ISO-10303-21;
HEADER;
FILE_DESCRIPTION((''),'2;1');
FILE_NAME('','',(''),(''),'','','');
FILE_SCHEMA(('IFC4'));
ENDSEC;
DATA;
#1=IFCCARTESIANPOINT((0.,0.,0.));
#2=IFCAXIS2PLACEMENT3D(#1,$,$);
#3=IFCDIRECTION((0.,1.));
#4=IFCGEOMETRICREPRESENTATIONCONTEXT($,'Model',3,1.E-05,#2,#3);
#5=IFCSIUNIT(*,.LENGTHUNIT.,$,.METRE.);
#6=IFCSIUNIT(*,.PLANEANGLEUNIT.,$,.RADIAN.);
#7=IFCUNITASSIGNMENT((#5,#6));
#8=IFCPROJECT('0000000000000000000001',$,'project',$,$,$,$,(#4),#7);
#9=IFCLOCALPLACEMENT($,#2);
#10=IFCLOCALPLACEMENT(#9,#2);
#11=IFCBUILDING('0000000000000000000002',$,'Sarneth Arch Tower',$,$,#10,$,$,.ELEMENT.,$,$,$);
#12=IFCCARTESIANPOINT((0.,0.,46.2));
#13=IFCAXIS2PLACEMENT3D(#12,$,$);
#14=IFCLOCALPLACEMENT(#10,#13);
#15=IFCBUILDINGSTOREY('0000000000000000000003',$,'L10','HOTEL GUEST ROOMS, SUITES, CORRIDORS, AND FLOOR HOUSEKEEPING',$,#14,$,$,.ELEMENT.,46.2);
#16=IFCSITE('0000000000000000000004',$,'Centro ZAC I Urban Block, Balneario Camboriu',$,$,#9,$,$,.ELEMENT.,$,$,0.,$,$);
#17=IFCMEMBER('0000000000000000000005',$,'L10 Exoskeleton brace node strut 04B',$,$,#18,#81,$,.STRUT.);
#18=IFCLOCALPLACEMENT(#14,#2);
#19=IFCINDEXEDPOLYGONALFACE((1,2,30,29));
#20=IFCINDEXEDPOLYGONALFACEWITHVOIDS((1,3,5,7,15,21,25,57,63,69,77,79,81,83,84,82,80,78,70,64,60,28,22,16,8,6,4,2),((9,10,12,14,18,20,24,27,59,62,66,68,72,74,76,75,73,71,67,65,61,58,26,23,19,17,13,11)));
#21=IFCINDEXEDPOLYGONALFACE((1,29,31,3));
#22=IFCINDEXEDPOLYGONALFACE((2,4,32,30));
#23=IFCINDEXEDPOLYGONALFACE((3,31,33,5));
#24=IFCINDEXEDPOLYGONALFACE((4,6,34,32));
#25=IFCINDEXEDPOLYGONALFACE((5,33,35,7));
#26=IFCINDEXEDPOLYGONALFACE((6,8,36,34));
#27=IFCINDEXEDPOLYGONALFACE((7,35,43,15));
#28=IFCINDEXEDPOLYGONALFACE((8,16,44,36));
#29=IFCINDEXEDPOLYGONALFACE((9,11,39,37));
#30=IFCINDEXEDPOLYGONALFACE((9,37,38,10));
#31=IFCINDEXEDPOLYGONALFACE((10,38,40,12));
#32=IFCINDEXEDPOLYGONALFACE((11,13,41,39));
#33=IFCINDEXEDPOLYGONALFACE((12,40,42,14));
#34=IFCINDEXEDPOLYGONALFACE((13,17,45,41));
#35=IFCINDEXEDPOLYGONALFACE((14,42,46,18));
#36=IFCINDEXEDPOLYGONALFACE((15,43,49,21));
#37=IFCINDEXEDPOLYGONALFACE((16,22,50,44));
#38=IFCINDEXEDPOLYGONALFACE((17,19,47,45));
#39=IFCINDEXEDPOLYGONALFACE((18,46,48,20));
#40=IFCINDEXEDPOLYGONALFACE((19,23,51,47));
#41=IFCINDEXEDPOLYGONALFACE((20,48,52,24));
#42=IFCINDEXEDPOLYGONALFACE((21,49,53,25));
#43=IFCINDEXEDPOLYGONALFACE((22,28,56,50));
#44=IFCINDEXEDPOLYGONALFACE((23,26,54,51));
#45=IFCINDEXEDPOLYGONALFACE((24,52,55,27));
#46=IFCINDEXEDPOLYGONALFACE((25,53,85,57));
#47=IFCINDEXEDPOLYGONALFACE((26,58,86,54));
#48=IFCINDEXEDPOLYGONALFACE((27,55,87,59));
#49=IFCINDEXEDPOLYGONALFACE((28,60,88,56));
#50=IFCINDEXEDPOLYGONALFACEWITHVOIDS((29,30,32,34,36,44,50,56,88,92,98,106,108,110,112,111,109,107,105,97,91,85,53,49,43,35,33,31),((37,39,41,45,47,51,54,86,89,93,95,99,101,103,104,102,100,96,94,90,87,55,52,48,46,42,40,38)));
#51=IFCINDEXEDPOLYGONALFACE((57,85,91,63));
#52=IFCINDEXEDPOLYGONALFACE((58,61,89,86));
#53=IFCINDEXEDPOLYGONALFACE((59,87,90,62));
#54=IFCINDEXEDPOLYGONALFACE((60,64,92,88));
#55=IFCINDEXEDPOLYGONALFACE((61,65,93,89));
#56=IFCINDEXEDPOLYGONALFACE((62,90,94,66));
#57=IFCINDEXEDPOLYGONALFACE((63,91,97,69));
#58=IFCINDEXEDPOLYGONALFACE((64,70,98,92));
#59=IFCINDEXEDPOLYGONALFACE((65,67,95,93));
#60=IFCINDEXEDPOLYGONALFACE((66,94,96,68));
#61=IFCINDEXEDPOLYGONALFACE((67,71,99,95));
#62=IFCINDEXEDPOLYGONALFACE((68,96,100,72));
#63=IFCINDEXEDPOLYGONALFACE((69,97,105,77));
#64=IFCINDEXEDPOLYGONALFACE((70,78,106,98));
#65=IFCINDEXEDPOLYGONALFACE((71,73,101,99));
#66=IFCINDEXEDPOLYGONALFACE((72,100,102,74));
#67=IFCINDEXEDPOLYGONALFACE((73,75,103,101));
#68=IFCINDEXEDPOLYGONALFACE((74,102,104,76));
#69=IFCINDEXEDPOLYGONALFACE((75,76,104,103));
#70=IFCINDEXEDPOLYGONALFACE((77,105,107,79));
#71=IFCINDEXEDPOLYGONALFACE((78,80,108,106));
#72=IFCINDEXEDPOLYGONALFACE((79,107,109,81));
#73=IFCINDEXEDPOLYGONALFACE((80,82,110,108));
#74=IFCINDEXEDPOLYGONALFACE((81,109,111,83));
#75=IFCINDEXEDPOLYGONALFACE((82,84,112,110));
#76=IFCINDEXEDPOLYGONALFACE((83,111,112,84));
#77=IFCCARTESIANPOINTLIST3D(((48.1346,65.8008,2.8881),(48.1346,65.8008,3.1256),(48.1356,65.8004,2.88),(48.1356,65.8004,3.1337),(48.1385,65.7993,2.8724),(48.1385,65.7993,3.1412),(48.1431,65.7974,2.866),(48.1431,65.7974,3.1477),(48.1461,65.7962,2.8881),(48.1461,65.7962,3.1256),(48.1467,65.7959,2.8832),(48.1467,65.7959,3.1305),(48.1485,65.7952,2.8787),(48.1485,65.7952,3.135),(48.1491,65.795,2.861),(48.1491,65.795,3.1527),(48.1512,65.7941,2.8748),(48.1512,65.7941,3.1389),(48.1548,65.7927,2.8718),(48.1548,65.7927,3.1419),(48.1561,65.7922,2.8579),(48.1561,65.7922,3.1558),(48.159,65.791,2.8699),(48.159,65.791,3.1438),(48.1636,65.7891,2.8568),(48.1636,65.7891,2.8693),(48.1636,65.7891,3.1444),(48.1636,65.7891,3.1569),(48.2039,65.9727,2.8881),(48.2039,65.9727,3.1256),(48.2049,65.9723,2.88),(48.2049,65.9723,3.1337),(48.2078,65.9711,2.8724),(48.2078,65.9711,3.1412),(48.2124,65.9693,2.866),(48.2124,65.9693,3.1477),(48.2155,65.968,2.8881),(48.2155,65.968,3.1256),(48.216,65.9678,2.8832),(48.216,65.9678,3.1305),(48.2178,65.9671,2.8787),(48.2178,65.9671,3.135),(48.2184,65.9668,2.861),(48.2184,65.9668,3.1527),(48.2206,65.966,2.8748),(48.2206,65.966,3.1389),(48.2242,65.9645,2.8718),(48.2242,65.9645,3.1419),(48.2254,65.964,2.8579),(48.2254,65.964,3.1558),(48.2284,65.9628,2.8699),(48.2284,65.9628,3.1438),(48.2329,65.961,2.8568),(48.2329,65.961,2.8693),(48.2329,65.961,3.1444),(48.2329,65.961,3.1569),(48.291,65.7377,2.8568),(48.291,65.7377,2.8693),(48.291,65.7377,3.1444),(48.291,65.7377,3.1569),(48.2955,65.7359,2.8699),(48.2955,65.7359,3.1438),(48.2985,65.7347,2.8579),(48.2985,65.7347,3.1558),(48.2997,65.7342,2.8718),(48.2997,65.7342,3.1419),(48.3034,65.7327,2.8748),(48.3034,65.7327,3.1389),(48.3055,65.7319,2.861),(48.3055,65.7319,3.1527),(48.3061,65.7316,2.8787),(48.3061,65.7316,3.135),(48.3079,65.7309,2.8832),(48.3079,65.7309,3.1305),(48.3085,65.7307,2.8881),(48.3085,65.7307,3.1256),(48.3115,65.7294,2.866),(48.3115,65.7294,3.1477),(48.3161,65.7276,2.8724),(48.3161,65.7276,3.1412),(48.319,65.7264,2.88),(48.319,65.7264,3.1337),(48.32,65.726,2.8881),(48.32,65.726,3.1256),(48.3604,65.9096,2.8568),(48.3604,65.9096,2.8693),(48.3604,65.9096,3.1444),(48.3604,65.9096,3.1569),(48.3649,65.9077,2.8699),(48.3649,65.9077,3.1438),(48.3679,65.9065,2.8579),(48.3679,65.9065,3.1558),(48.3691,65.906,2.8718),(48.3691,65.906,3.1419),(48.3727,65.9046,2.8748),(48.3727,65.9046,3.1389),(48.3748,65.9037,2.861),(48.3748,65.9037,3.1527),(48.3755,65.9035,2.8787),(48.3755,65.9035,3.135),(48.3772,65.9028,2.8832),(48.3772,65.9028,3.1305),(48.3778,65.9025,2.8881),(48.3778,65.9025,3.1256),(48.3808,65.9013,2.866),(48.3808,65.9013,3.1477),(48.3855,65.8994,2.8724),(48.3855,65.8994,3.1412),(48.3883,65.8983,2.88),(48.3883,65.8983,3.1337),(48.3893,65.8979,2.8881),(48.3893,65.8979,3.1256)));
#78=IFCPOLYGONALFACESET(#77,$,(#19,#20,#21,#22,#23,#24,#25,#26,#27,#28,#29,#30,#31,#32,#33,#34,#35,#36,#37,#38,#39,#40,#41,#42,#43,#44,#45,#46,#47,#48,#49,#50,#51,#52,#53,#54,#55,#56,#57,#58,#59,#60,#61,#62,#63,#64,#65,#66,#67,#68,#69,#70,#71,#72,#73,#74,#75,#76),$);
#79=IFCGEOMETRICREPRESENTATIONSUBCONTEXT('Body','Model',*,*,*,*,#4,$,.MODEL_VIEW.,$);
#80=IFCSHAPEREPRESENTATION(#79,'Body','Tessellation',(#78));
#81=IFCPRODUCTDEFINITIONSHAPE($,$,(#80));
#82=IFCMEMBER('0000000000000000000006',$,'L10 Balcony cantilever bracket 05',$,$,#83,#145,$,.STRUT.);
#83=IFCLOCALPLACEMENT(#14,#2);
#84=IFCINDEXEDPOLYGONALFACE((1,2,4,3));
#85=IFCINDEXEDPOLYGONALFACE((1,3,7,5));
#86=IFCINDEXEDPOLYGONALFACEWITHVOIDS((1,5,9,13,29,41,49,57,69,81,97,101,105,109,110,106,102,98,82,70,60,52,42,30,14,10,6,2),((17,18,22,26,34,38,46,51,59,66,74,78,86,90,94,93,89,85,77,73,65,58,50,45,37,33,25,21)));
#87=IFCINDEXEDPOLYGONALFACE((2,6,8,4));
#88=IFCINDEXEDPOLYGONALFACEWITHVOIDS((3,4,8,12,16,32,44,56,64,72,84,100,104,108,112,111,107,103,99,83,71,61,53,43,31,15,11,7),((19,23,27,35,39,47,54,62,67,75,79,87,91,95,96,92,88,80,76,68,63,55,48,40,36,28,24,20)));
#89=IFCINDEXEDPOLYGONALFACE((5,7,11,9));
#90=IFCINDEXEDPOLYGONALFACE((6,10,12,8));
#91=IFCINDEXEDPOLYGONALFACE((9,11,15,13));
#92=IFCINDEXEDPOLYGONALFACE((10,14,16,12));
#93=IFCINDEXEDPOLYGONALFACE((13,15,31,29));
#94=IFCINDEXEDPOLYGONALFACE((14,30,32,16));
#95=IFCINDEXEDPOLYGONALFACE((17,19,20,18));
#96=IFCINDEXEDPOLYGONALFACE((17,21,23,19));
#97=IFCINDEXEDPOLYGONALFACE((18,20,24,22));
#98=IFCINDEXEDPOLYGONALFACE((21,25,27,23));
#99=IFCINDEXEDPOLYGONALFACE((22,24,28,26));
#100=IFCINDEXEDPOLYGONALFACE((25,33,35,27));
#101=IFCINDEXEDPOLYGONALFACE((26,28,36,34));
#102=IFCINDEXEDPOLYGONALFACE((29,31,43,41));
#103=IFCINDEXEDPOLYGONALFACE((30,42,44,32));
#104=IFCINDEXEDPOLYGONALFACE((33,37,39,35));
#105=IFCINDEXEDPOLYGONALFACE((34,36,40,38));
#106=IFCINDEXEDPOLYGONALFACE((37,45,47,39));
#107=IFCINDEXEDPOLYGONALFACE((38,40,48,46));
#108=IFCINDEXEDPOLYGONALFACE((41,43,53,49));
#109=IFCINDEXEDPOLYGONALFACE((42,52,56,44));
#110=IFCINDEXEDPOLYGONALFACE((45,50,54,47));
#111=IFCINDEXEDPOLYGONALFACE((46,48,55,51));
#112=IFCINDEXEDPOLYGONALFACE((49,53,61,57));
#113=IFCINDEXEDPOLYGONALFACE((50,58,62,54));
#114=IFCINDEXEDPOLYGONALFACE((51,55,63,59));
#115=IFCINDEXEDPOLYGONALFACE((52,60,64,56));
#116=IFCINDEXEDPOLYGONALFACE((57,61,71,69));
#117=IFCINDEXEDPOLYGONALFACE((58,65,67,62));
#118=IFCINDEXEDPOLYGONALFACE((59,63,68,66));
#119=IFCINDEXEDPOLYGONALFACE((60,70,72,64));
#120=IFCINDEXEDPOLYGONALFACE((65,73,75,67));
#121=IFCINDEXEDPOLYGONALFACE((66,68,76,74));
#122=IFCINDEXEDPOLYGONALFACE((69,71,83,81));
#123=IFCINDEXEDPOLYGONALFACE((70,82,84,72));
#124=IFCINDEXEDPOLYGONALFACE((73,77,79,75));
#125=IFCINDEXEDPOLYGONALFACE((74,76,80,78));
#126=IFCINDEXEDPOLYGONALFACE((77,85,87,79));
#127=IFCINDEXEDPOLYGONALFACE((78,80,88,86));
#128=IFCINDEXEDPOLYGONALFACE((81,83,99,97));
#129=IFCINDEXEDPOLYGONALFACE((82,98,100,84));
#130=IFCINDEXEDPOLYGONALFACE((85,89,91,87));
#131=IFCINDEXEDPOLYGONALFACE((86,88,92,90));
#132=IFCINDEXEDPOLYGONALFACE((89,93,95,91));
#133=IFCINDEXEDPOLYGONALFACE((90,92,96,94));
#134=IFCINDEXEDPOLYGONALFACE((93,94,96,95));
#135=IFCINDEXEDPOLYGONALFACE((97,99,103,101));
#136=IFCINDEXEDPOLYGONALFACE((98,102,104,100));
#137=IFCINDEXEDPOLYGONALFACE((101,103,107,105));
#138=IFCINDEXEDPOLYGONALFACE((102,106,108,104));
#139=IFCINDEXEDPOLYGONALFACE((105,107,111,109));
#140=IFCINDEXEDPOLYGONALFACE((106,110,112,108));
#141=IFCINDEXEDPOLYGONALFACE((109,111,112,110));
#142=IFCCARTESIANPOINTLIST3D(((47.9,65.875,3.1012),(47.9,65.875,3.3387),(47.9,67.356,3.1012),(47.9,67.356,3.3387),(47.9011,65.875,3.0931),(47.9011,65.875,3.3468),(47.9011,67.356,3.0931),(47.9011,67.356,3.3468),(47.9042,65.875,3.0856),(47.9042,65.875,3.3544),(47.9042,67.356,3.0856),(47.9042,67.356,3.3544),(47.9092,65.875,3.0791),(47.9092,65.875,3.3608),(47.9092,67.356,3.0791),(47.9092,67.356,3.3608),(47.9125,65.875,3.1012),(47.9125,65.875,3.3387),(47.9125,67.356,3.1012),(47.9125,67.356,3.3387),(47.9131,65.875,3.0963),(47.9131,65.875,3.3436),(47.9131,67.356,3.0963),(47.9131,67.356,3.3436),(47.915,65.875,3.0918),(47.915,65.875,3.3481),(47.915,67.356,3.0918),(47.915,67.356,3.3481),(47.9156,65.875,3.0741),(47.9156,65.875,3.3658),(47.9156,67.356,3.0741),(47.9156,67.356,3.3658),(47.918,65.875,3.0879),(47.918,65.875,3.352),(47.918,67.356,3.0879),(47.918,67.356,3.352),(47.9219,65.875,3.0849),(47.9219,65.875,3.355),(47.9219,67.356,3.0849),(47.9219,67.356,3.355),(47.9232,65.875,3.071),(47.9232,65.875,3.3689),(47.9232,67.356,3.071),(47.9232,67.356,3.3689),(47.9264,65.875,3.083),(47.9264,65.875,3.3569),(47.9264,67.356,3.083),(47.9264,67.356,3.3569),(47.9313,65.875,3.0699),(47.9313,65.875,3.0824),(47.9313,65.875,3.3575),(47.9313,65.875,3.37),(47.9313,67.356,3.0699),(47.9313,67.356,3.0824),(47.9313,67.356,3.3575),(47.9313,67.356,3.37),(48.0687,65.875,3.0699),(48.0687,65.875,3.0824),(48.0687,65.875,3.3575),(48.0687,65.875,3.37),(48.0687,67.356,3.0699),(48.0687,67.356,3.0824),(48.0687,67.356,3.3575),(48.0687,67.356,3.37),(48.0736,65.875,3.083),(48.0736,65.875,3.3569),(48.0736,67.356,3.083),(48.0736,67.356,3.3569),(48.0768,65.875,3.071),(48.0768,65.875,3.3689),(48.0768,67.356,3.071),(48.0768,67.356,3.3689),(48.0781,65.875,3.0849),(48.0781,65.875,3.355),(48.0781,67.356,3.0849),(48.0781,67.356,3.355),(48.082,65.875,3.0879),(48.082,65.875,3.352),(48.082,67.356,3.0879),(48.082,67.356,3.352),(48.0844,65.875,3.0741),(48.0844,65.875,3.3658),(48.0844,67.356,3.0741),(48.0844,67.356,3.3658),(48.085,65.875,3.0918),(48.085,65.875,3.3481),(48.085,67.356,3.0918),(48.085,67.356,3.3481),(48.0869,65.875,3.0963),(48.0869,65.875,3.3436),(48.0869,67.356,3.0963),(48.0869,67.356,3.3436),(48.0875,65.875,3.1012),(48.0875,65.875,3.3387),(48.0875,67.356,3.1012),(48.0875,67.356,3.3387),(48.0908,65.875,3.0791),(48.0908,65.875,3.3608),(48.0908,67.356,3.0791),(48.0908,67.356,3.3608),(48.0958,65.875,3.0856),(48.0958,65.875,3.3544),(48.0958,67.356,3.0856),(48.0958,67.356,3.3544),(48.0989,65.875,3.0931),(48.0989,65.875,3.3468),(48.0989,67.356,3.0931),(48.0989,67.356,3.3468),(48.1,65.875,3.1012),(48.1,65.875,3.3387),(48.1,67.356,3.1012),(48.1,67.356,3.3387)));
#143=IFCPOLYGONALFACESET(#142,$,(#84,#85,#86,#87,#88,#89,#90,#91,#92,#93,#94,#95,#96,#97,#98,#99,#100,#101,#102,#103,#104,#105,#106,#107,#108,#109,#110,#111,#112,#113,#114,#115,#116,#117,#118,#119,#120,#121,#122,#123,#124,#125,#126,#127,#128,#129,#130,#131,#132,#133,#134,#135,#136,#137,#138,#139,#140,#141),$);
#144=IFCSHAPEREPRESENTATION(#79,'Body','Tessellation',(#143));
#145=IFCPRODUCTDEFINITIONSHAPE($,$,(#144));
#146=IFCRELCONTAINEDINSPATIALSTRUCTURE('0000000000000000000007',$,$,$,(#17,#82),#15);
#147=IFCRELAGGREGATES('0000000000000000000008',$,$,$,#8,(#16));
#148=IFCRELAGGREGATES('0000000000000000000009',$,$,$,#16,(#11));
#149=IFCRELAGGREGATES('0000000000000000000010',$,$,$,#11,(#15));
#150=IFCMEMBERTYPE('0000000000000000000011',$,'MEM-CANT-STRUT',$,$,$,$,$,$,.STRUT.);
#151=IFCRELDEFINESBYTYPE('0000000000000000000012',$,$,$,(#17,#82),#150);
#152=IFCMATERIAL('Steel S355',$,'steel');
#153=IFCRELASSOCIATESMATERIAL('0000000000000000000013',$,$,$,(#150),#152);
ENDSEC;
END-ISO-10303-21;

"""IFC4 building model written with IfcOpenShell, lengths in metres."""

from ifc_helpers import new_model, si_unit, direction, frame, origin, origin_2d, place, context, subcontext, project, spatial, hollow_rectangle, extrude, material, material_profile, profile_set, type_object, element, save


model = new_model("IFC4")

# Units and contexts
model_context = context("Model", 3, precision=1e-05, world=origin(), true_north=direction((0.0, 1.0)))
body_context = subcontext(model_context, "Body", "Model", "MODEL_VIEW")
ifc_project = project(units=[si_unit("LENGTHUNIT", "METRE"), si_unit("PLANEANGLEUNIT", "RADIAN")], contexts=[model_context])

# Site, building, storey
site_placement = place(None, origin())
site = spatial("IfcSite", under=ifc_project, at=site_placement, Name="Centro ZAC I Urban Block, Balneario Camboriu", CompositionType="ELEMENT", RefElevation=0.0)
building_placement = place(site_placement, origin())
building = spatial("IfcBuilding", under=site, at=building_placement, Name="Sarneth Arch Tower", CompositionType="ELEMENT")
storey_placement = place(building_placement, frame((0.0, 0.0, 46.2)))
storey = spatial("IfcBuildingStorey", under=building, at=storey_placement, Name="L10", Description="HOTEL GUEST ROOMS, SUITES, CORRIDORS, AND FLOOR HOUSEKEEPING", CompositionType="ELEMENT", Elevation=46.2)

# Members
ifc_material_1 = material(Name="Steel S355", Category="steel")
ifc_material_profile_1 = material_profile(ifc_material_1, hollow_rectangle(XDim=0.2, YDim=0.3, WallThickness=0.0125, InnerFilletRadius=0.0188, OuterFilletRadius=0.0312, at=origin_2d()), Name="RHS300x200x12.5")
ifc_profile_set_1 = profile_set([ifc_material_profile_1], Name="Steel S355")
member_type_1 = type_object("IfcMemberType", Name="MEM-CANT-STRUT", PredefinedType="STRUT", material=ifc_profile_set_1)
member_1_placement = place(storey_placement, frame((48.2273, 65.7634, 3.0068), z_axis=(0.374115, 0.927383, 0.0), x_axis=(-0.927383, 0.374115, 0.0)))
element("IfcMember", 1, at=member_1_placement, inside=storey, type_object=member_type_1, Name="L10 Exoskeleton brace node strut 04B", PredefinedType="STRUT", context=body_context, shape_type="SweptSolid", body=[
    extrude(hollow_rectangle(XDim=0.2, YDim=0.3, WallThickness=0.0125, InnerFilletRadius=0.0188, OuterFilletRadius=0.0312, at=origin_2d()), origin(), (0.0, 0.0, 1.0), 0.1853),
])
member_2_placement = place(storey_placement, frame((48.0, 65.875, 3.22), z_axis=(0.0, 1.0, 0.0), x_axis=(-1.0, 0.0, 0.0)))
element("IfcMember", 2, at=member_2_placement, inside=storey, type_object=member_type_1, Name="L10 Balcony cantilever bracket 05", PredefinedType="STRUT", context=body_context, shape_type="SweptSolid", body=[
    extrude(hollow_rectangle(XDim=0.2, YDim=0.3, WallThickness=0.0125, InnerFilletRadius=0.0188, OuterFilletRadius=0.0312, at=origin_2d()), origin(), (0.0, 0.0, 1.0), 1.481),
])

save(model, "model.ifc")
